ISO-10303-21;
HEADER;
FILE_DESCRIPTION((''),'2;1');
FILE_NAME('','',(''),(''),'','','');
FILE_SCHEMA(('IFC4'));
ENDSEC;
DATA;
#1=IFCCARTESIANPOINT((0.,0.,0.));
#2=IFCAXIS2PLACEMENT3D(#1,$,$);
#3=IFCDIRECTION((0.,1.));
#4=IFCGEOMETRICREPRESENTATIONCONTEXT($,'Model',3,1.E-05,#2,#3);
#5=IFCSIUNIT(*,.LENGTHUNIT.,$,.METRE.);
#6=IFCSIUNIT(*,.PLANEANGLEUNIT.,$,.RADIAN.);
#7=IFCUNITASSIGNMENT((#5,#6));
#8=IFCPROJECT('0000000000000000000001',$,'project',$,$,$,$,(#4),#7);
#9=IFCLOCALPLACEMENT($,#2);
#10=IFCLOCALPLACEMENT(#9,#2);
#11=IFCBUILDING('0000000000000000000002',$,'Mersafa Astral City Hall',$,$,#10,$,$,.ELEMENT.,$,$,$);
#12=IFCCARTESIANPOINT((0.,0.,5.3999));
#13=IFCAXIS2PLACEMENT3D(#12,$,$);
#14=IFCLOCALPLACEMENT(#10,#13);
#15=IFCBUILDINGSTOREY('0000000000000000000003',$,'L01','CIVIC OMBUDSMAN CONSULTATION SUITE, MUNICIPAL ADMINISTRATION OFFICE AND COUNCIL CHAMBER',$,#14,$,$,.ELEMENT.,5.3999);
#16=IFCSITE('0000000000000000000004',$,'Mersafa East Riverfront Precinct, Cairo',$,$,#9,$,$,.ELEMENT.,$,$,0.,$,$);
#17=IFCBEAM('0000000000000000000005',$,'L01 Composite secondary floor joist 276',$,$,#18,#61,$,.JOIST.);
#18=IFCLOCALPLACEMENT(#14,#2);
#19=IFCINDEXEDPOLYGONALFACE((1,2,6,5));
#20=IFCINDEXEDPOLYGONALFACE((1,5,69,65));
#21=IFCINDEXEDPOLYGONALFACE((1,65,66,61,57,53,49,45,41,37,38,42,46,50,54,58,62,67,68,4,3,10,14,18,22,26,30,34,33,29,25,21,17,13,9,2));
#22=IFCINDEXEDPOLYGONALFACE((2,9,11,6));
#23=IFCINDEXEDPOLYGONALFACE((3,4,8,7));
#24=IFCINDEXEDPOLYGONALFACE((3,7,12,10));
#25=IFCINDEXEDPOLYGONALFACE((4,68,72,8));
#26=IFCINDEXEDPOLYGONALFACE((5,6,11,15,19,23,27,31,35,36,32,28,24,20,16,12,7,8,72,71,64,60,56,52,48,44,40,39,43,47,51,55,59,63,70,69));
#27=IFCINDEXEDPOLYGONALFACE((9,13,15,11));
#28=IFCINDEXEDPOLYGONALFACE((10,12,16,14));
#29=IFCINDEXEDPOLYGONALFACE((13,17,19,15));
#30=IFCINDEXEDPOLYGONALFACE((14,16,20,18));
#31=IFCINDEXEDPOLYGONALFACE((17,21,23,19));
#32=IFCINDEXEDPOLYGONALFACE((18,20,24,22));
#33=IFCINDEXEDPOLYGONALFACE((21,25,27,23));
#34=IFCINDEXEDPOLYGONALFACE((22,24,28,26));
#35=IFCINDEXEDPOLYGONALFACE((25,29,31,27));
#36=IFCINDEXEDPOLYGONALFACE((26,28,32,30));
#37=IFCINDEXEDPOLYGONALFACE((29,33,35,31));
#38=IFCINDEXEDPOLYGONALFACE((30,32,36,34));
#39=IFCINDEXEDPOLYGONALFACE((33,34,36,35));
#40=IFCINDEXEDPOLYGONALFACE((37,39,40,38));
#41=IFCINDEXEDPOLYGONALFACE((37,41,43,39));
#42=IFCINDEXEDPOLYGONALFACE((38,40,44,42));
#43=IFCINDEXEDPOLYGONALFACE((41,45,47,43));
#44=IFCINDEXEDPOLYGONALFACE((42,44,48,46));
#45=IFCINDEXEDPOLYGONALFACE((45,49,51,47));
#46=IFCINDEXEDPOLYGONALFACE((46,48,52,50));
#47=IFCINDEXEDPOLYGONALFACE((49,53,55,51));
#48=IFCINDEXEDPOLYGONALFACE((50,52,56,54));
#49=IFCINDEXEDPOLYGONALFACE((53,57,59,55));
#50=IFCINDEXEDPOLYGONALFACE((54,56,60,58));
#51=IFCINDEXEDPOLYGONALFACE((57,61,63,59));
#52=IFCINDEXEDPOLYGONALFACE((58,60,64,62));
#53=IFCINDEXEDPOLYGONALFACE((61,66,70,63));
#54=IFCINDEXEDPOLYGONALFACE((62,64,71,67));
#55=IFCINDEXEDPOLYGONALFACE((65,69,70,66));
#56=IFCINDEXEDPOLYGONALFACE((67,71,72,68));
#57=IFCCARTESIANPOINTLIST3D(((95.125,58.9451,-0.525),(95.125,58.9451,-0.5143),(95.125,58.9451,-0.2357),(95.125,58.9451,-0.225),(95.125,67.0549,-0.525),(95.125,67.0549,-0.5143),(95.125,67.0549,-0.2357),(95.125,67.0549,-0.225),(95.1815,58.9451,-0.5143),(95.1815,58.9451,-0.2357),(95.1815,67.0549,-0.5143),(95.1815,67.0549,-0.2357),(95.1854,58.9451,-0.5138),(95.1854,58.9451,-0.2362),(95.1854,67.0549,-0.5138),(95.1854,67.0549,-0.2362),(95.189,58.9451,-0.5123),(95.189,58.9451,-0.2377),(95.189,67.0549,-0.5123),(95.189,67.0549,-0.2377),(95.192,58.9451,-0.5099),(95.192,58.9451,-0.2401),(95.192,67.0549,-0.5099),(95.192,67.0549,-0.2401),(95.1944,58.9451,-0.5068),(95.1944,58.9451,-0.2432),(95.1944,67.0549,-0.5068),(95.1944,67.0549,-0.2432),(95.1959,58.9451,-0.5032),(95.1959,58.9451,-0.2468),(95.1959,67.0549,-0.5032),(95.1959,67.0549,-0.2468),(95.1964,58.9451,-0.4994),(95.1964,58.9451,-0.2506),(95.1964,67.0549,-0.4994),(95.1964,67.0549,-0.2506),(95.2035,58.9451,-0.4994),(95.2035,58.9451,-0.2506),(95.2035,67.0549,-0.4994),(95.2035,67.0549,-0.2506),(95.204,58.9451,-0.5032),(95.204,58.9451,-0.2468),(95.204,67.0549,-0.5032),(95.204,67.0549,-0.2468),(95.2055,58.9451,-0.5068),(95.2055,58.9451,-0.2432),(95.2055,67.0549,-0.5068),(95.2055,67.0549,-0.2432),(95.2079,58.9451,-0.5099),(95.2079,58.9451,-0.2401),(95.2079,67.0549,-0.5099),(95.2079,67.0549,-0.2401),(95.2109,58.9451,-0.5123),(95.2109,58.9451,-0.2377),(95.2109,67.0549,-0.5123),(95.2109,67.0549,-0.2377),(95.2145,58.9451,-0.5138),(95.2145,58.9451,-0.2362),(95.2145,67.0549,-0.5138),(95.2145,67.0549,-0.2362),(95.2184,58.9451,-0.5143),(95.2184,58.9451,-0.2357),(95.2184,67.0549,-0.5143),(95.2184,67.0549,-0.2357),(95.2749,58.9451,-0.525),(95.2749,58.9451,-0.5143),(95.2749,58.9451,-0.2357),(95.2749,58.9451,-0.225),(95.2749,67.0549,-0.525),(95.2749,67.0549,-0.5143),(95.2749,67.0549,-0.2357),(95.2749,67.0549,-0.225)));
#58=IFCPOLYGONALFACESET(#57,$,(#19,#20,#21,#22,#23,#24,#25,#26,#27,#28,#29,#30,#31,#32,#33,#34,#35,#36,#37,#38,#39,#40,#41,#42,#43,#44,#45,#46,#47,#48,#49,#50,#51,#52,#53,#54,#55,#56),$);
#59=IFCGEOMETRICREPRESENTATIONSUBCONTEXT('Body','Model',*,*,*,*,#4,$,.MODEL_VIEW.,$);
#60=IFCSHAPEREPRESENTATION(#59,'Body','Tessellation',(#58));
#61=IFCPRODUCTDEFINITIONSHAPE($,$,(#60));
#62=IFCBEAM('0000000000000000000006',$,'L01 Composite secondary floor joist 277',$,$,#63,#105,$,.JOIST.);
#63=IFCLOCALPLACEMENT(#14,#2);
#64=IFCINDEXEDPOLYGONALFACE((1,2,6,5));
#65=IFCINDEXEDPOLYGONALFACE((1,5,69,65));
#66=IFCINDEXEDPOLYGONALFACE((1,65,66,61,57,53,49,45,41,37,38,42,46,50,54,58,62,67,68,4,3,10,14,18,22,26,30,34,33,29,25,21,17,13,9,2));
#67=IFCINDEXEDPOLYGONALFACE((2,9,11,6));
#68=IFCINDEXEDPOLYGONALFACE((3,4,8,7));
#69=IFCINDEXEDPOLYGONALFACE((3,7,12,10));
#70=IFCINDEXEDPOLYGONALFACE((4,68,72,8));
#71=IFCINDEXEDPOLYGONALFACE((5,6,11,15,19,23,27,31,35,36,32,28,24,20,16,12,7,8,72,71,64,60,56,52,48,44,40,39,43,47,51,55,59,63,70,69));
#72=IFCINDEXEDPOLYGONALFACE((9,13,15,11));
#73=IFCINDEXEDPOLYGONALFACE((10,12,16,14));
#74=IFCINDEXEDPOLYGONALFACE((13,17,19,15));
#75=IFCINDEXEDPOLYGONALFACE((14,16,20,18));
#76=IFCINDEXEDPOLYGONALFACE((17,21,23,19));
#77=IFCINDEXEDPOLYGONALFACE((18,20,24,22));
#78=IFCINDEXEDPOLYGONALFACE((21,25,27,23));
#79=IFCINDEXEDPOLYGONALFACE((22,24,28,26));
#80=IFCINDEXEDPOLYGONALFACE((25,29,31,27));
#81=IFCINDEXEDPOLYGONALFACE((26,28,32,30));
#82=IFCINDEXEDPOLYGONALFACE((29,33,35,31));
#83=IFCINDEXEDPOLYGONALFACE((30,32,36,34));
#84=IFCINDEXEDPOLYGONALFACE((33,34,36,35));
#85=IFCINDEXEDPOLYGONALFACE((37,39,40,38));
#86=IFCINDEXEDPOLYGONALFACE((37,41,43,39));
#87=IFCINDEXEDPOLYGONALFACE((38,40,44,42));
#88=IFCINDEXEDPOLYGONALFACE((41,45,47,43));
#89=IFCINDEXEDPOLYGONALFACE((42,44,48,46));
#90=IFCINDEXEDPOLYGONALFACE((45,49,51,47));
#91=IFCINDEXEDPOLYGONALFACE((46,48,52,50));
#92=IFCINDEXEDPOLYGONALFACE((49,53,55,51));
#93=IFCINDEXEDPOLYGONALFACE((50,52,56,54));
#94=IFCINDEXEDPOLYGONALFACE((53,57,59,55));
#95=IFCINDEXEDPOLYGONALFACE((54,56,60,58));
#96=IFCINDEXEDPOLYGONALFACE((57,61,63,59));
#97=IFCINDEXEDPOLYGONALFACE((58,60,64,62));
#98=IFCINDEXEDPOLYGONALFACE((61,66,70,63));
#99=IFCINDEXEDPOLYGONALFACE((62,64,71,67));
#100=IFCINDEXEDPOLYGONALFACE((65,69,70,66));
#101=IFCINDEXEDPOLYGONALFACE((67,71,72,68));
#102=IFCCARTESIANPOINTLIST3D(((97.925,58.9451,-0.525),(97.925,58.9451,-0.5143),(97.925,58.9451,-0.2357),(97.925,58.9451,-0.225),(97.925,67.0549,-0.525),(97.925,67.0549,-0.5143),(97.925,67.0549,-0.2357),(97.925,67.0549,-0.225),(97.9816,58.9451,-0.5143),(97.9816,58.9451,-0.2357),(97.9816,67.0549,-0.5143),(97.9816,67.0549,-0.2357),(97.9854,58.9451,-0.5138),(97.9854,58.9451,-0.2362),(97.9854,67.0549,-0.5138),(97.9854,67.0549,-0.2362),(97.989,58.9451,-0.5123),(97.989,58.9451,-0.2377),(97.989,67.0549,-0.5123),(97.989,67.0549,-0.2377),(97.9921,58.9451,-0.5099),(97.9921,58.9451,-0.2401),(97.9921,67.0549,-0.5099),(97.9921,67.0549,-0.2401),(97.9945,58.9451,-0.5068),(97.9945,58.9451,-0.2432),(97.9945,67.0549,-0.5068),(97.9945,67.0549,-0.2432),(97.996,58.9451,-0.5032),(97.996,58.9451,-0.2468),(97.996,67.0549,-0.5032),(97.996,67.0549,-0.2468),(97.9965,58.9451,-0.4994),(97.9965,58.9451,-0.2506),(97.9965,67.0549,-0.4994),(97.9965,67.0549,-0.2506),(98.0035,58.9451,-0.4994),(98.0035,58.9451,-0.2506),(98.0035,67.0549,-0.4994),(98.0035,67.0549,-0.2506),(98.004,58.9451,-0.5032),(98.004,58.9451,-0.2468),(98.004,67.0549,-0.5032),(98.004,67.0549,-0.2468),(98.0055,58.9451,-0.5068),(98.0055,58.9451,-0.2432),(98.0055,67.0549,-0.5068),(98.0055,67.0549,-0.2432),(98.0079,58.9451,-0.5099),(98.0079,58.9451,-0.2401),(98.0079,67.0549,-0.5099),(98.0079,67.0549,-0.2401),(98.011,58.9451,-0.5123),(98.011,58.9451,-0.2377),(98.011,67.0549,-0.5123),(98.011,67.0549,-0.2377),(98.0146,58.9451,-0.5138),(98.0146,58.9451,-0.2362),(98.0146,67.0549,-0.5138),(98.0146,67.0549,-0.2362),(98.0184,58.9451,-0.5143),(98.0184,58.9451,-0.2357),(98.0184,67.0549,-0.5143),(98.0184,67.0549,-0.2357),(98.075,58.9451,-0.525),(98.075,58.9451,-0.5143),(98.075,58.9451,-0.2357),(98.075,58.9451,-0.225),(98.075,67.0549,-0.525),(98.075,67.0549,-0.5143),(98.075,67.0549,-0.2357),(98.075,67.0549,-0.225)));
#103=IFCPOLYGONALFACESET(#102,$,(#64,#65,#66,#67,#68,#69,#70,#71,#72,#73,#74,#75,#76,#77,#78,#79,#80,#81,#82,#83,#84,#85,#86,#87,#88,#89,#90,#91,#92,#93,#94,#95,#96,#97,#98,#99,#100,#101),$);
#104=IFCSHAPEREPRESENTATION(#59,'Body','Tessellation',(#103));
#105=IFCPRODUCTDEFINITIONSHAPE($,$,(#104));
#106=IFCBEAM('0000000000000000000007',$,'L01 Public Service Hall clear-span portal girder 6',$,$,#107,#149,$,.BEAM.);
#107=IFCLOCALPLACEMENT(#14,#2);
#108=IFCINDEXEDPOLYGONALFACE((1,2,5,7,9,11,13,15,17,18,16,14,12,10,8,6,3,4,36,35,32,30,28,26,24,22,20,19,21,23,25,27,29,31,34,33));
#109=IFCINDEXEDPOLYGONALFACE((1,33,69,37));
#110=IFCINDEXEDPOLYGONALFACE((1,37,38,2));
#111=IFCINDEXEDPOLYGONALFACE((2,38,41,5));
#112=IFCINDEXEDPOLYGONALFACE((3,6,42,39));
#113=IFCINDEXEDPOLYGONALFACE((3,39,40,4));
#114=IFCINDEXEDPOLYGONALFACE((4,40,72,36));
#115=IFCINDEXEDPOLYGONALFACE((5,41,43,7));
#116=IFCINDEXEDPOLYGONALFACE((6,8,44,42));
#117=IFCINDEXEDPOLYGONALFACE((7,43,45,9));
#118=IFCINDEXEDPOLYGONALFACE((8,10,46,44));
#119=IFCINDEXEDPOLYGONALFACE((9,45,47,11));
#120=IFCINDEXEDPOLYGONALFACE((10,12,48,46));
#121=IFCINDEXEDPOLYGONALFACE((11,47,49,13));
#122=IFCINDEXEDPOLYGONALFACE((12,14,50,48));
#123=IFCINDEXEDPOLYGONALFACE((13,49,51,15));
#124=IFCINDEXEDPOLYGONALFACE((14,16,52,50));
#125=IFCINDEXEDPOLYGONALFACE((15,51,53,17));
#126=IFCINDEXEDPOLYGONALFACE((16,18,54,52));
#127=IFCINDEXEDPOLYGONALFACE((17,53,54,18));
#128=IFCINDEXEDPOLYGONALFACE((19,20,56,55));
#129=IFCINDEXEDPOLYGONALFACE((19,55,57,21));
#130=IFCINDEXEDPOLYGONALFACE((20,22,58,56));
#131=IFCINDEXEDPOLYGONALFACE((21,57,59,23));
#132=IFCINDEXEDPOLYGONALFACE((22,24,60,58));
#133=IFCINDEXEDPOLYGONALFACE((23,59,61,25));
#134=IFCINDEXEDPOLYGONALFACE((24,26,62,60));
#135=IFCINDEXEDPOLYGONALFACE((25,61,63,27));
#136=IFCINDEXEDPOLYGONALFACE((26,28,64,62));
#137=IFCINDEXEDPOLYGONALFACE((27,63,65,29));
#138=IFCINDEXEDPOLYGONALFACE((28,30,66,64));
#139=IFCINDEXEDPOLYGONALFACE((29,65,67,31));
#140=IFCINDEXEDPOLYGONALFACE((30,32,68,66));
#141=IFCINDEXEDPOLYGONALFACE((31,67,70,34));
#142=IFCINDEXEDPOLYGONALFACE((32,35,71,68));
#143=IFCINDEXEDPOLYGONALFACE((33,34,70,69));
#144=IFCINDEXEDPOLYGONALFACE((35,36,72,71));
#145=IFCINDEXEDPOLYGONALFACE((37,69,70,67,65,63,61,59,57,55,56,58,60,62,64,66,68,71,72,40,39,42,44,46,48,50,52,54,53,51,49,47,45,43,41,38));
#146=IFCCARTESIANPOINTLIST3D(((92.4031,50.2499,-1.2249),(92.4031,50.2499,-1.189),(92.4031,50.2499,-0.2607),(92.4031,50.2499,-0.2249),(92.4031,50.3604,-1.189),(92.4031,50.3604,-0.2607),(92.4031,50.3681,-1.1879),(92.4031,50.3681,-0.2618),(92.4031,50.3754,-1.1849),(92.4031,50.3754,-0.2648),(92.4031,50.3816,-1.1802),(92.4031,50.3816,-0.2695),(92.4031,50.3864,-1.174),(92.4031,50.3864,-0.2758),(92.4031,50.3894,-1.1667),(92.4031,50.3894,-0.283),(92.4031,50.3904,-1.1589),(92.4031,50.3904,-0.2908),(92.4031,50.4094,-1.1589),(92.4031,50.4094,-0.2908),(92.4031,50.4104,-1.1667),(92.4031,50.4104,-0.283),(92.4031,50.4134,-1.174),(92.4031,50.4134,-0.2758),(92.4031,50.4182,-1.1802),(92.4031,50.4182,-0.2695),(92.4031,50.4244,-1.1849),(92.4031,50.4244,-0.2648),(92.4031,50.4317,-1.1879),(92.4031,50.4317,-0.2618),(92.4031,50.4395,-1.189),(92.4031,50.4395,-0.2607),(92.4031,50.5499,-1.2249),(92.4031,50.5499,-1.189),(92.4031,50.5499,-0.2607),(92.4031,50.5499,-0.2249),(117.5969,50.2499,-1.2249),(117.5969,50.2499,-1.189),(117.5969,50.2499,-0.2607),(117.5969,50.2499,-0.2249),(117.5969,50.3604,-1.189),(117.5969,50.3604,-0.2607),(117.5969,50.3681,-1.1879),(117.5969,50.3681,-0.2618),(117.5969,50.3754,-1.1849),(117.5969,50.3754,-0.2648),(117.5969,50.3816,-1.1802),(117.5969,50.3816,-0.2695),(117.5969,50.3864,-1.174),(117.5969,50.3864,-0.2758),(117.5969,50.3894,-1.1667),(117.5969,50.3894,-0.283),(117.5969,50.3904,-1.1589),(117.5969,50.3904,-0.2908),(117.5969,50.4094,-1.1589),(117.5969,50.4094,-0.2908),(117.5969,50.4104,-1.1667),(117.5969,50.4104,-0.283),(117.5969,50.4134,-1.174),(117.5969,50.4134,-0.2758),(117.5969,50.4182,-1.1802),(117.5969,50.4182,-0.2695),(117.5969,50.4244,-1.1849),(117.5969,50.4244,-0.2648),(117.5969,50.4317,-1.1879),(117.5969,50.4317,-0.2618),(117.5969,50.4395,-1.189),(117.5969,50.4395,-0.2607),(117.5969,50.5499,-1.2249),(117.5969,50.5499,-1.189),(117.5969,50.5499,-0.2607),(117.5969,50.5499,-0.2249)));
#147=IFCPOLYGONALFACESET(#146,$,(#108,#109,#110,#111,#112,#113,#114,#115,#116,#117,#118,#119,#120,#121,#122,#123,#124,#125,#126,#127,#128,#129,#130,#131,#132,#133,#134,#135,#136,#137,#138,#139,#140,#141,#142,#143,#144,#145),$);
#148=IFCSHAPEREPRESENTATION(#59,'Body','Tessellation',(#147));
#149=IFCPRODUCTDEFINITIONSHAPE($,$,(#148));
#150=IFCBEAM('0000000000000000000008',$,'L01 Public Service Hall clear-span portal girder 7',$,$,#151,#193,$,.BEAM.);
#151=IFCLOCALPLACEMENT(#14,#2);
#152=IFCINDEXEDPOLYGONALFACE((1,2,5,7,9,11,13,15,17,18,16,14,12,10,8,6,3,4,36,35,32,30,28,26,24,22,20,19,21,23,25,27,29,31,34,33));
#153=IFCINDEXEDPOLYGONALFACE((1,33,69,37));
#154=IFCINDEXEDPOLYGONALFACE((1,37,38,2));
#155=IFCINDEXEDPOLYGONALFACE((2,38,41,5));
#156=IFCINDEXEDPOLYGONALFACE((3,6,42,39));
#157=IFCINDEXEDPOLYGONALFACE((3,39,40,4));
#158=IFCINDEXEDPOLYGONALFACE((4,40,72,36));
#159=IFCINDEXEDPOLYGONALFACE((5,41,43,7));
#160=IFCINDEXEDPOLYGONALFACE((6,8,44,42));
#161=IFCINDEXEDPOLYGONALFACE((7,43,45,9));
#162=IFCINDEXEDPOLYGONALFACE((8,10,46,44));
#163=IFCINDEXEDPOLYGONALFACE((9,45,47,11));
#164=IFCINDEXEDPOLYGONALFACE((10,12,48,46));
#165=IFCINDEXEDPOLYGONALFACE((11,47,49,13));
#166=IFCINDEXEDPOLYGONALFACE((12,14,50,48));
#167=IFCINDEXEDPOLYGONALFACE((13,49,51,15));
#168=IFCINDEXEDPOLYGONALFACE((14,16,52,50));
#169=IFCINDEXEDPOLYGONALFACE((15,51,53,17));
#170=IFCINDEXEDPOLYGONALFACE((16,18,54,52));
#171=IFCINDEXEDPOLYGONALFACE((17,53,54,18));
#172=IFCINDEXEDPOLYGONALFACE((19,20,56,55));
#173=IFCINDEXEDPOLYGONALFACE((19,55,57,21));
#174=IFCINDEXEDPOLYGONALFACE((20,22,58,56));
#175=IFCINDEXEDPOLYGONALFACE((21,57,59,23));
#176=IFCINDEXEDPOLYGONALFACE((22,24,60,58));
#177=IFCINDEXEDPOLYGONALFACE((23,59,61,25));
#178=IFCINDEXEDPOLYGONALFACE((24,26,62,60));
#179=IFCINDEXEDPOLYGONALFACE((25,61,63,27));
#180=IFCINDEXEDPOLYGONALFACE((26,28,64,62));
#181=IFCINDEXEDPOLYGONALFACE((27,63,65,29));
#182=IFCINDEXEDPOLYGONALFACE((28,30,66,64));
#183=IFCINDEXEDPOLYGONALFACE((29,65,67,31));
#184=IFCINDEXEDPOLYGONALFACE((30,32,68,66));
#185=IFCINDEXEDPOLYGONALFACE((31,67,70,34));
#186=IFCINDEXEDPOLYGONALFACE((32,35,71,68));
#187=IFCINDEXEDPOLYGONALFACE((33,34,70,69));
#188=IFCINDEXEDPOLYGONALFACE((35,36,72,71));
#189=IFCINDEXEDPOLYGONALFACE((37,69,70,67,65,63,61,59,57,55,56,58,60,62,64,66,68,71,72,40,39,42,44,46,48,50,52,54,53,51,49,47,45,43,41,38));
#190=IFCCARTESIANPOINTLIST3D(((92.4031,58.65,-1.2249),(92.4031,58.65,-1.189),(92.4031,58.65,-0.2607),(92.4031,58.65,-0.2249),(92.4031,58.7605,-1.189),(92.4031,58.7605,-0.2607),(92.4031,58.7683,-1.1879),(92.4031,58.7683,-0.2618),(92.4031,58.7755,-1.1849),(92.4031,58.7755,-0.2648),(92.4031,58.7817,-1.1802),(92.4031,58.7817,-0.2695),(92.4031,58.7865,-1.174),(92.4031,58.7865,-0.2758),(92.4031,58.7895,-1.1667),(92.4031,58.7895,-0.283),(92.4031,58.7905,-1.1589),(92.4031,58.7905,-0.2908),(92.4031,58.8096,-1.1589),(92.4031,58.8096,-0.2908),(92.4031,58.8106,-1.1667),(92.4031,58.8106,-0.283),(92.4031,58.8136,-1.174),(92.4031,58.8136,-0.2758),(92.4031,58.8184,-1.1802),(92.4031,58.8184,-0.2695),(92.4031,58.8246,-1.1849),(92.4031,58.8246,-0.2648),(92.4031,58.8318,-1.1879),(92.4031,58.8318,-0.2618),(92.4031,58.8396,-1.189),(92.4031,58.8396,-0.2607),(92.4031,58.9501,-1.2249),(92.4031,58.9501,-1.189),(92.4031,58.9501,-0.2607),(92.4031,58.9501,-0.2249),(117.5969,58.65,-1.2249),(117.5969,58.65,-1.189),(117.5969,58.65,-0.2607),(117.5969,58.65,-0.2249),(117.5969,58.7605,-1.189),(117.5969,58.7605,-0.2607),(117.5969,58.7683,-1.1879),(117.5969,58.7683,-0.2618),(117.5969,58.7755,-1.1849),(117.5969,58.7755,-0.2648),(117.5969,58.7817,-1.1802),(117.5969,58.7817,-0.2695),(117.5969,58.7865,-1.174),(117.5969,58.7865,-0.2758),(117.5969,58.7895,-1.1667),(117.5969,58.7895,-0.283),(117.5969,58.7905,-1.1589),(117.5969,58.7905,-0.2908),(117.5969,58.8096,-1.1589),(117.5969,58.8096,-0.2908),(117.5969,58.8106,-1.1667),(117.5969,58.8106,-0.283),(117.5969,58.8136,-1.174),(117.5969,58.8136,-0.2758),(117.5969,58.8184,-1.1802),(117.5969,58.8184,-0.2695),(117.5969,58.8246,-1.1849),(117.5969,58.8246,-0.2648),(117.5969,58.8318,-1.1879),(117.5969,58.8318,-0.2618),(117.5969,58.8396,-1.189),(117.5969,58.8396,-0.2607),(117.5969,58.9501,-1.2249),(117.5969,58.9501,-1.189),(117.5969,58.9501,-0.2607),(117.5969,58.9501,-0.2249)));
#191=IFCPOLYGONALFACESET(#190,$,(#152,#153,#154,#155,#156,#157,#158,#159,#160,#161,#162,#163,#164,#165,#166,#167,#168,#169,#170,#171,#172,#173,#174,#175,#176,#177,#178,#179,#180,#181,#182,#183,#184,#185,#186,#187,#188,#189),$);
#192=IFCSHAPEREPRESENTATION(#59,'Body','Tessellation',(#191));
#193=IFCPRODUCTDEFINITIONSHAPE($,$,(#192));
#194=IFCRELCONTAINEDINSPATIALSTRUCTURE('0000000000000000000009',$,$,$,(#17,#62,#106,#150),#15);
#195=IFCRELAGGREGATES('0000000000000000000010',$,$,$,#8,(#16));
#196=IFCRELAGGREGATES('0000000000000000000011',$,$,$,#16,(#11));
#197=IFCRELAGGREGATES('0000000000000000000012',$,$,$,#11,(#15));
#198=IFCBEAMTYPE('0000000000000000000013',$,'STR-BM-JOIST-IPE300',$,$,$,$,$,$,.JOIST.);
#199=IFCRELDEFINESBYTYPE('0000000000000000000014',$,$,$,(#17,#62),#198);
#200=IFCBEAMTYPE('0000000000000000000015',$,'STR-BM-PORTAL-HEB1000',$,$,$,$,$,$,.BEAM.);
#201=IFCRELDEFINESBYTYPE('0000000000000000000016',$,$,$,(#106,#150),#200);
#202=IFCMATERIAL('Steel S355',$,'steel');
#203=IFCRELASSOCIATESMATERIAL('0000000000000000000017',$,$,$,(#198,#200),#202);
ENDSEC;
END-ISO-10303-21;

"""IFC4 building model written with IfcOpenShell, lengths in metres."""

from ifc_helpers import new_model, si_unit, direction, frame, origin, origin_2d, place, context, subcontext, project, spatial, i_section, extrude, material, material_profile, profile_set, type_object, element, save


model = new_model("IFC4")

# Units and contexts
model_context = context("Model", 3, precision=1e-05, world=origin(), true_north=direction((0.0, 1.0)))
body_context = subcontext(model_context, "Body", "Model", "MODEL_VIEW")
ifc_project = project(units=[si_unit("LENGTHUNIT", "METRE"), si_unit("PLANEANGLEUNIT", "RADIAN")], contexts=[model_context])

# Site, building, storey
site_placement = place(None, origin())
site = spatial("IfcSite", under=ifc_project, at=site_placement, Name="Mersafa East Riverfront Precinct, Cairo", CompositionType="ELEMENT", RefElevation=0.0)
building_placement = place(site_placement, origin())
building = spatial("IfcBuilding", under=site, at=building_placement, Name="Mersafa Astral City Hall", CompositionType="ELEMENT")
storey_placement = place(building_placement, frame((0.0, 0.0, 5.3999)))
storey = spatial("IfcBuildingStorey", under=building, at=storey_placement, Name="L01", Description="CIVIC OMBUDSMAN CONSULTATION SUITE, MUNICIPAL ADMINISTRATION OFFICE AND COUNCIL CHAMBER", CompositionType="ELEMENT", Elevation=5.3999)

# Shared definitions
ifc_material_1 = material(Name="Steel S355", Category="steel")

# Beams
ifc_material_profile_1 = material_profile(ifc_material_1, i_section(OverallWidth=0.1499, OverallDepth=0.3, WebThickness=0.0071, FlangeThickness=0.0107, FilletRadius=0.0149, at=origin_2d()), Name="IPE 300")
ifc_profile_set_1 = profile_set([ifc_material_profile_1], Name="Steel S355")
beam_type_1 = type_object("IfcBeamType", Name="STR-BM-JOIST-IPE300", PredefinedType="JOIST", material=ifc_profile_set_1)
for number, where, z_axis, x_axis, name in (
    (1, (95.2, 58.9451, -0.375), (0.0, 1.0, 0.0), (-1.0, 0.0, 0.0), "L01 Composite secondary floor joist 276"),
    (2, (98.0, 58.9451, -0.375), (0.0, 1.0, 0.0), (-1.0, 0.0, 0.0), "L01 Composite secondary floor joist 277"),
):
    element("IfcBeam", number, at=place(storey_placement, frame(where, z_axis=z_axis, x_axis=x_axis)), inside=storey, type_object=beam_type_1, Name=name, PredefinedType="JOIST", context=body_context, shape_type="SweptSolid", body=[
        extrude(i_section(OverallWidth=0.1499, OverallDepth=0.3, WebThickness=0.0071, FlangeThickness=0.0107, FilletRadius=0.0149, at=origin_2d()), origin(), (0.0, 0.0, 1.0), 8.1099),
    ])
ifc_material_profile_2 = material_profile(ifc_material_1, i_section(OverallWidth=0.3, OverallDepth=1.0, WebThickness=0.019, FlangeThickness=0.0359, FilletRadius=0.03, at=origin_2d()), Name="HEB 1000")
ifc_profile_set_2 = profile_set([ifc_material_profile_2], Name="Steel S355")
beam_type_2 = type_object("IfcBeamType", Name="STR-BM-PORTAL-HEB1000", PredefinedType="BEAM", material=ifc_profile_set_2)
for number, where, z_axis, x_axis, name in (
    (3, (92.4031, 50.3999, -0.7249), (1.0, 0.0, 0.0), (0.0, 1.0, 0.0), "L01 Public Service Hall clear-span portal girder 6"),
    (4, (92.4031, 58.8, -0.7249), (1.0, 0.0, 0.0), (0.0, 1.0, 0.0), "L01 Public Service Hall clear-span portal girder 7"),
):
    element("IfcBeam", number, at=place(storey_placement, frame(where, z_axis=z_axis, x_axis=x_axis)), inside=storey, type_object=beam_type_2, Name=name, PredefinedType="BEAM", context=body_context, shape_type="SweptSolid", body=[
        extrude(i_section(OverallWidth=0.3, OverallDepth=1.0, WebThickness=0.019, FlangeThickness=0.0359, FilletRadius=0.03, at=origin_2d()), origin(), (0.0, 0.0, 1.0), 25.1938),
    ])

save(model, "model.ifc")
